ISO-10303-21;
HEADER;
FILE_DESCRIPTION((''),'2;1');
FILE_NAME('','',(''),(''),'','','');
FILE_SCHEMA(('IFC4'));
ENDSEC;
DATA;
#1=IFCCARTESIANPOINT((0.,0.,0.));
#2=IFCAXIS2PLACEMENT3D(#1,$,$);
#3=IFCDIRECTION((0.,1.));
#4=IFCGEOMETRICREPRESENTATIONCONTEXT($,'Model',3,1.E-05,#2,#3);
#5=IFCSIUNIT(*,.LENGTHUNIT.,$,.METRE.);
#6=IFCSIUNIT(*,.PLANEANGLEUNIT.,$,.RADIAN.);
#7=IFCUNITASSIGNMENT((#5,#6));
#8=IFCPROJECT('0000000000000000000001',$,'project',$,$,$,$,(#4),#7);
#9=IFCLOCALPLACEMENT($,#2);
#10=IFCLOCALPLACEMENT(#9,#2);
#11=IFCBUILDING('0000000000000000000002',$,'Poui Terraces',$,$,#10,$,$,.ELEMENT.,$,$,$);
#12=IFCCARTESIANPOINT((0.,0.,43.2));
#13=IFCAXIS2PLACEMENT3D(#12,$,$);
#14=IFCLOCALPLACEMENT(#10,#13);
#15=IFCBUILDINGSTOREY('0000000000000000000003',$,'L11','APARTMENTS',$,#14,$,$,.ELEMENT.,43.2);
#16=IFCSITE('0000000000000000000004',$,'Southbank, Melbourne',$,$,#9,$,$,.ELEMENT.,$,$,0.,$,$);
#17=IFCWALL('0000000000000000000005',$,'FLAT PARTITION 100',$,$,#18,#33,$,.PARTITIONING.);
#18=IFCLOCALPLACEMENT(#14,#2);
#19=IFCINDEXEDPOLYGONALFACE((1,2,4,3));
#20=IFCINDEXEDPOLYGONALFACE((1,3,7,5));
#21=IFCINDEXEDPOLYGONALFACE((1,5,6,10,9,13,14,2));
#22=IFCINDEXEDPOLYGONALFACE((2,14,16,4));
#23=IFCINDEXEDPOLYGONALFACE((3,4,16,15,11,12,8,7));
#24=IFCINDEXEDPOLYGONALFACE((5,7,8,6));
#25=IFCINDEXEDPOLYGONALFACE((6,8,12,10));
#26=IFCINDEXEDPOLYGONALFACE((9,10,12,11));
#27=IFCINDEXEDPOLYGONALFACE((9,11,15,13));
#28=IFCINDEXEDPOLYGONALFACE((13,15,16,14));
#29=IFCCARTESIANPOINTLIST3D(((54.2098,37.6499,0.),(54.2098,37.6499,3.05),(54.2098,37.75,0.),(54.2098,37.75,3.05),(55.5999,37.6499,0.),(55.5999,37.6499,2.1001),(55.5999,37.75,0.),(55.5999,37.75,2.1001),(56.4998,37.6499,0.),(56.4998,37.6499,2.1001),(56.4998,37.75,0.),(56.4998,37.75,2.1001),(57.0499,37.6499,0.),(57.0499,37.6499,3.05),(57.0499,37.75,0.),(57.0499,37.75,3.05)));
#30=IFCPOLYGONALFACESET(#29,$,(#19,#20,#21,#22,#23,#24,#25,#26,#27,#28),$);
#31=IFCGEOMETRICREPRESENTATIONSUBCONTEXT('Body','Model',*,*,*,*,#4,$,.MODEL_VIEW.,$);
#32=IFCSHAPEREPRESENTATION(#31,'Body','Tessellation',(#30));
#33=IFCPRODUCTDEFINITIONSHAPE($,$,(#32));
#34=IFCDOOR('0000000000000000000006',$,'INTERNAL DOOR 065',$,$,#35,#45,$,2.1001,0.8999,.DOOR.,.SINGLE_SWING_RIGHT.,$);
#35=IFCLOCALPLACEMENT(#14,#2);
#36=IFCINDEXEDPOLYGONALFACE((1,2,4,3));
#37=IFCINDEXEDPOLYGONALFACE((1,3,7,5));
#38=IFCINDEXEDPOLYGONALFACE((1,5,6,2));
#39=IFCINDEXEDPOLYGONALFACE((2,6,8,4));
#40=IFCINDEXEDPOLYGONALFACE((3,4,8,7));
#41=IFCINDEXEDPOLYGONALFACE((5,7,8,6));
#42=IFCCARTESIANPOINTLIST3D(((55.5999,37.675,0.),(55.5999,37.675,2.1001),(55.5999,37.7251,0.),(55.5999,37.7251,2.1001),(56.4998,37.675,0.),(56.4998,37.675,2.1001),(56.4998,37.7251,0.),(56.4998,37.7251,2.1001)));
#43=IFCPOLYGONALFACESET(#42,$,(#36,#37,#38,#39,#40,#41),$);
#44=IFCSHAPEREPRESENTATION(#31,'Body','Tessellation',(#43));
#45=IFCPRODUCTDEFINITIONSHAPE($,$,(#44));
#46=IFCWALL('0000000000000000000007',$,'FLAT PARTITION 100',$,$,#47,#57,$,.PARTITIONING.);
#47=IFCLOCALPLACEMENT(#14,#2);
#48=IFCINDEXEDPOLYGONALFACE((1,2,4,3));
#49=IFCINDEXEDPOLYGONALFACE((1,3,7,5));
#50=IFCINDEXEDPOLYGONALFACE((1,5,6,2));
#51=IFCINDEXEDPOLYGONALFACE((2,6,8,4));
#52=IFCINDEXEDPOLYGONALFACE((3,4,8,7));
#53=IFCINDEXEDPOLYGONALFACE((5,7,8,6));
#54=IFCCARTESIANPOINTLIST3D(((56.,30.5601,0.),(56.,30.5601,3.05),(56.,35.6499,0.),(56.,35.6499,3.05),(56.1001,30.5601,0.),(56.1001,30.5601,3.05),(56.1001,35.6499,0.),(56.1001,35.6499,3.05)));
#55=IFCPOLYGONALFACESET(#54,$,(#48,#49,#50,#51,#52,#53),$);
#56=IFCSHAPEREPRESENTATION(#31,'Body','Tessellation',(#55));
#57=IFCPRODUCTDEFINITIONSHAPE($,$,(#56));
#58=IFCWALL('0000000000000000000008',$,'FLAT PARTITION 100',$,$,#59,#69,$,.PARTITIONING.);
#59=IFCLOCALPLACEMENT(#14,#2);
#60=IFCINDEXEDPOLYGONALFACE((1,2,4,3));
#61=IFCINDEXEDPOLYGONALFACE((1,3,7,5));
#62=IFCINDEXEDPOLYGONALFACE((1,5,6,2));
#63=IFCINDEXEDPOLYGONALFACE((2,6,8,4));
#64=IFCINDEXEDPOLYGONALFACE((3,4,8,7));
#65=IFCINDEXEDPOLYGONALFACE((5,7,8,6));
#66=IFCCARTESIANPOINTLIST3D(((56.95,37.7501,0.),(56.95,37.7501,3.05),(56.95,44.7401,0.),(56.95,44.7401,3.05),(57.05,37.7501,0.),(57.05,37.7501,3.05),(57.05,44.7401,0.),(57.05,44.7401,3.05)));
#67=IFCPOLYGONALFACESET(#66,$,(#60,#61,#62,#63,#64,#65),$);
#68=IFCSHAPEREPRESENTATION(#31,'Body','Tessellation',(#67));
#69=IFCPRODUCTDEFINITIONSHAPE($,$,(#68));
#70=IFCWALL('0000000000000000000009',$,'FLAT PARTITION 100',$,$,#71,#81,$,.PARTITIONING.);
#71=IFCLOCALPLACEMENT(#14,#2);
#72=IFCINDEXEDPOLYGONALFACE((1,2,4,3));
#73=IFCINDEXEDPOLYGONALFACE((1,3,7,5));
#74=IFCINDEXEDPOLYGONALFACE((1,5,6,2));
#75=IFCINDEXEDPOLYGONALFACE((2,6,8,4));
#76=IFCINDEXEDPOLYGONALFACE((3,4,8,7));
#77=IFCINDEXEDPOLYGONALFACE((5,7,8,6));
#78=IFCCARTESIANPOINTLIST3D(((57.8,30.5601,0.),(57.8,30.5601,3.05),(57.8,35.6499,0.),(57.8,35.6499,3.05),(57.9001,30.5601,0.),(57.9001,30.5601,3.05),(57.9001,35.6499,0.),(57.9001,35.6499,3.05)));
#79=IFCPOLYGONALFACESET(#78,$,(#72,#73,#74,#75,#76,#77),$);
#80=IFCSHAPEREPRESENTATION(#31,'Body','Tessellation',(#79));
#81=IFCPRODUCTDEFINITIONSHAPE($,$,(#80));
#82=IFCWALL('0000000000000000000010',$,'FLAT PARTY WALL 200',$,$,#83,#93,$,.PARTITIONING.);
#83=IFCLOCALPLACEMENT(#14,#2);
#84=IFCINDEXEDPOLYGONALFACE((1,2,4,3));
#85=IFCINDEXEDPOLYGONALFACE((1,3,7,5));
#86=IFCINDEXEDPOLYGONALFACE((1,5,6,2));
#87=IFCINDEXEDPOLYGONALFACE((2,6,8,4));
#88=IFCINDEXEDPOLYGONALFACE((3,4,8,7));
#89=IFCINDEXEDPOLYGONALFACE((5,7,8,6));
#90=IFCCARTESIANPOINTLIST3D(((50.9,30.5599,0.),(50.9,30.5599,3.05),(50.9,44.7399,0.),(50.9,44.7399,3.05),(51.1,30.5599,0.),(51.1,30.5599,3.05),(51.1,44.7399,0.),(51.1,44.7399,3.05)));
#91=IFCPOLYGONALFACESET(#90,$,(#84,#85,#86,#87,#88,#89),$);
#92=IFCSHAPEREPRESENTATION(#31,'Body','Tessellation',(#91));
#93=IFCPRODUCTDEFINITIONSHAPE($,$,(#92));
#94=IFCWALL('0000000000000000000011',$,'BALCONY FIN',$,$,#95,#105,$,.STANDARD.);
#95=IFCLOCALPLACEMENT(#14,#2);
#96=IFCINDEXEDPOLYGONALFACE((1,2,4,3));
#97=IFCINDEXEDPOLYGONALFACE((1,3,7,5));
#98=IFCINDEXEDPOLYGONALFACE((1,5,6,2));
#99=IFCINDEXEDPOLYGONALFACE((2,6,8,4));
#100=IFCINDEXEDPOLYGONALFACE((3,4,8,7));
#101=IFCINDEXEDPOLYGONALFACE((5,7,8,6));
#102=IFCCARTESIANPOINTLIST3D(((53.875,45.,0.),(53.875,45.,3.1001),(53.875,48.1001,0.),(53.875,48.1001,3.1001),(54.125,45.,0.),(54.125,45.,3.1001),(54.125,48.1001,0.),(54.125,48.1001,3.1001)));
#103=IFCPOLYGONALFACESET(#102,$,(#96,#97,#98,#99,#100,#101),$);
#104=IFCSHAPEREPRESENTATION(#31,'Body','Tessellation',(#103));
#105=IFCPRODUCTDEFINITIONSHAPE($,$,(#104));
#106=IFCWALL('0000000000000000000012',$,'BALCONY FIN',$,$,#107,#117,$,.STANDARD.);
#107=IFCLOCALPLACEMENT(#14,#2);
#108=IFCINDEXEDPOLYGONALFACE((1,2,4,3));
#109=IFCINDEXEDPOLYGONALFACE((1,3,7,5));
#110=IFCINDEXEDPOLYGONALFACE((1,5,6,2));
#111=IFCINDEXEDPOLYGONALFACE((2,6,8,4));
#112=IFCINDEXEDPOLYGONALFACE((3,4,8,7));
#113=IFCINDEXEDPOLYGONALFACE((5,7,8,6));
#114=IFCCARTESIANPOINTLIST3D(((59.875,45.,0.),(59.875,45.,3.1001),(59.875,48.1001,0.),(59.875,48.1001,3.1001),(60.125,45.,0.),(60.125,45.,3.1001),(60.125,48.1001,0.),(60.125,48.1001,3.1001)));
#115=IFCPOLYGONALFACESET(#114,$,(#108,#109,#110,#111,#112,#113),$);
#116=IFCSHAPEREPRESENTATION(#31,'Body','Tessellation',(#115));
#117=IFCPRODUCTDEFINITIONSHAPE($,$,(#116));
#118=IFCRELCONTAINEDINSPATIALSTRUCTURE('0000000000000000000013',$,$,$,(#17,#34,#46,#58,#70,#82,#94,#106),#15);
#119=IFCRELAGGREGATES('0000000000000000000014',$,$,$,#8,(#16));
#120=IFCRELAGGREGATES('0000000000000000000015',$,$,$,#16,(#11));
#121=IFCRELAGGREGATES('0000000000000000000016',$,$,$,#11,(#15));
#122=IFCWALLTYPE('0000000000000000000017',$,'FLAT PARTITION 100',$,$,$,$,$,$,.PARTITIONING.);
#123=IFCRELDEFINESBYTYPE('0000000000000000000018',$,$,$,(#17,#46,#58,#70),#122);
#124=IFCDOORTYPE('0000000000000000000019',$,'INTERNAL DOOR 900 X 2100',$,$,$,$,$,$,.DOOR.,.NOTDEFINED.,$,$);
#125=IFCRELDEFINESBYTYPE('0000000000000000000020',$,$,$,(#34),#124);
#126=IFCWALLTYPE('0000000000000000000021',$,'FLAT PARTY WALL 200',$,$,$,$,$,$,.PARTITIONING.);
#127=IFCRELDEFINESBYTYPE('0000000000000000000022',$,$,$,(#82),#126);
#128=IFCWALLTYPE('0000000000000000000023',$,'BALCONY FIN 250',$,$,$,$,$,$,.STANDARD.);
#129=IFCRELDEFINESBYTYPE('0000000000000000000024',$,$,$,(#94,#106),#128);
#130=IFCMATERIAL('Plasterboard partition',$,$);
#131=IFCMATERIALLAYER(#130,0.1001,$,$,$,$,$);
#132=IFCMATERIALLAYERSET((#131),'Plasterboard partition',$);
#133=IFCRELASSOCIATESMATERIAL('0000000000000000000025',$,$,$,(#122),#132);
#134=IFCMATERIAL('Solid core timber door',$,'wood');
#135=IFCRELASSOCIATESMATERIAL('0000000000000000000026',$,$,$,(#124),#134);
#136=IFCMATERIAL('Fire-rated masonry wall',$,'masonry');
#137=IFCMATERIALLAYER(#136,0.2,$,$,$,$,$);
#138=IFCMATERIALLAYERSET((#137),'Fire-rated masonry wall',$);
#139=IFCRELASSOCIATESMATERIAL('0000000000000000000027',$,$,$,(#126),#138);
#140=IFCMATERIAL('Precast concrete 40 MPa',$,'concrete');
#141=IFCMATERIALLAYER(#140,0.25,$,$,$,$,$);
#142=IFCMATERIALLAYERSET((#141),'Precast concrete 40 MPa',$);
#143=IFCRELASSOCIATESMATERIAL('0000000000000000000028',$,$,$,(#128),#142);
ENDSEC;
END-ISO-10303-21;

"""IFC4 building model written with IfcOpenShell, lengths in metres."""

from ifc_helpers import new_model, si_unit, direction, frame, frame_2d, origin, place, context, subcontext, project, spatial, polyline, rectangle, outline, extrude, source, transform, mapped, material, layer, layer_set, type_object, element, fill, save


model = new_model("IFC4")

# Units and contexts
model_context = context("Model", 3, precision=1e-05, world=origin(), true_north=direction((0.0, 1.0)))
body_context = subcontext(model_context, "Body", "Model", "MODEL_VIEW")
ifc_project = project(units=[si_unit("LENGTHUNIT", "METRE"), si_unit("PLANEANGLEUNIT", "RADIAN")], contexts=[model_context])

# Site, building, storey
site_placement = place(None, origin())
site = spatial("IfcSite", under=ifc_project, at=site_placement, Name="Southbank, Melbourne", CompositionType="ELEMENT", RefElevation=0.0)
building_placement = place(site_placement, origin())
building = spatial("IfcBuilding", under=site, at=building_placement, Name="Poui Terraces", CompositionType="ELEMENT")
storey_placement = place(building_placement, frame((0.0, 0.0, 43.2)))
storey = spatial("IfcBuildingStorey", under=building, at=storey_placement, Name="L11", Description="APARTMENTS", CompositionType="ELEMENT", Elevation=43.2)

# Wall, opening, door
ifc_material_1 = material(Name="Plasterboard partition")
ifc_layer_1 = layer(ifc_material_1, 0.1001)
ifc_layer_set_1 = layer_set([ifc_layer_1], Name="Plasterboard partition")
wall_type_1 = type_object("IfcWallType", Name="FLAT PARTITION 100", PredefinedType="PARTITIONING", material=ifc_layer_set_1)
ifc_material_2 = material(Name="Solid core timber door", Category="wood")
door_type_1 = type_object("IfcDoorType", Name="INTERNAL DOOR 900 X 2100", OperationType="NOTDEFINED", PredefinedType="DOOR", material=ifc_material_2)
wall_1_placement = place(storey_placement, frame((54.21, 37.7, 0.0), z_axis=(0.0, 0.0, 1.0), x_axis=(1.0, 0.0, 0.0)))
wall_1 = element("IfcWall", 1, at=wall_1_placement, inside=storey, type_object=wall_type_1, Name="FLAT PARTITION 100", PredefinedType="PARTITIONING", context=body_context, shape_type="SweptSolid", body=[
    extrude(rectangle(XDim=2.8401, YDim=0.1001, at=frame_2d((1.4199, 0.0))), origin(), (0.0, 0.0, 1.0), 3.05),
])
opening_1_placement = place(wall_1_placement, frame((1.3899, 0.0, 0.0)))
opening_1 = element("IfcOpeningElement", 2, at=opening_1_placement, cuts=wall_1, PredefinedType="OPENING", context=body_context, shape_type="SweptSolid", body=[
    extrude(rectangle(XDim=0.8999, YDim=2.1001, at=frame_2d((0.45, 1.05))), frame((0.0, 0.0601, 0.0), z_axis=(0.0, -1.0, 0.0), x_axis=(1.0, 0.0, 0.0)), (0.0, 0.0, 1.0), 0.1201),
])
door_1_placement = place(opening_1_placement, frame((0.8999, 0.0, 0.0), z_axis=(0.0, 0.0, 1.0), x_axis=(-1.0, 0.0, 0.0)))
door_1 = element("IfcDoor", 3, at=door_1_placement, inside=storey, type_object=door_type_1, Name="INTERNAL DOOR 065", OperationType="SINGLE_SWING_RIGHT", OverallHeight=2.1001, OverallWidth=0.8999, PredefinedType="DOOR", context=body_context, shape_type="SweptSolid", body=[
    extrude(rectangle(XDim=0.8999, YDim=2.1001, at=frame_2d((0.45, 1.05))), frame((0.0, 0.0249, 0.0), z_axis=(0.0, -1.0, 0.0), x_axis=(1.0, 0.0, 0.0)), (0.0, 0.0, 1.0), 0.05),
])
fill(opening_1, door_1)

# Walls
wall_2_placement = place(storey_placement, frame((56.05, 30.5601, 0.0), z_axis=(0.0, 0.0, 1.0), x_axis=(0.0, 1.0, 0.0)))
element("IfcWall", 4, at=wall_2_placement, inside=storey, type_object=wall_type_1, Name="FLAT PARTITION 100", PredefinedType="PARTITIONING", context=body_context, shape_type="SweptSolid", body=[
    extrude(rectangle(XDim=5.0898, YDim=0.1001, at=frame_2d((2.5449, 0.0))), origin(), (0.0, 0.0, 1.0), 3.05),
])
wall_3_placement = place(storey_placement, frame((57.0, 37.75, 0.0), z_axis=(0.0, 0.0, 1.0), x_axis=(0.0, 1.0, 0.0)))
element("IfcWall", 5, at=wall_3_placement, inside=storey, type_object=wall_type_1, Name="FLAT PARTITION 100", PredefinedType="PARTITIONING", context=body_context, shape_type="SweptSolid", body=[
    extrude(rectangle(XDim=6.99, YDim=0.1001, at=frame_2d((3.4951, 0.0))), origin(), (0.0, 0.0, 1.0), 3.05),
])
wall_4_placement = place(storey_placement, frame((57.8501, 30.5601, 0.0), z_axis=(0.0, 0.0, 1.0), x_axis=(0.0, 1.0, 0.0)))
element("IfcWall", 6, at=wall_4_placement, inside=storey, type_object=wall_type_1, Name="FLAT PARTITION 100", PredefinedType="PARTITIONING", context=body_context, shape_type="SweptSolid", body=[
    extrude(rectangle(XDim=5.0898, YDim=0.1001, at=frame_2d((2.5449, 0.0))), origin(), (0.0, 0.0, 1.0), 3.05),
])
ifc_material_3 = material(Name="Fire-rated masonry wall", Category="masonry")
ifc_layer_2 = layer(ifc_material_3, 0.2)
ifc_layer_set_2 = layer_set([ifc_layer_2], Name="Fire-rated masonry wall")
wall_type_2 = type_object("IfcWallType", Name="FLAT PARTY WALL 200", PredefinedType="PARTITIONING", material=ifc_layer_set_2)
wall_5_placement = place(storey_placement, frame((51.0, 30.5601, 0.0), z_axis=(0.0, 0.0, 1.0), x_axis=(0.0, 1.0, 0.0)))
element("IfcWall", 7, at=wall_5_placement, inside=storey, type_object=wall_type_2, Name="FLAT PARTY WALL 200", PredefinedType="PARTITIONING", context=body_context, shape_type="SweptSolid", body=[
    extrude(rectangle(XDim=14.1799, YDim=0.2, at=frame_2d((7.0898, 0.0))), origin(), (0.0, 0.0, 1.0), 3.05),
])
ifc_material_4 = material(Name="Precast concrete 40 MPa", Category="concrete")
ifc_layer_3 = layer(ifc_material_4, 0.25)
ifc_layer_set_3 = layer_set([ifc_layer_3], Name="Precast concrete 40 MPa")
wall_type_3 = type_object("IfcWallType", Name="BALCONY FIN 250", PredefinedType="STANDARD", material=ifc_layer_set_3)
shared_shape_1 = source(origin(), body_context, "Body", "SweptSolid", [
    extrude(outline(polyline([(0.0, 0.0), (0.25, 0.0), (0.25, 3.1001), (0.0, 3.1001), (0.0, 0.0)])), origin(), (0.0, 0.0, 1.0), 3.1001),
])
for number, where, name in (
    (8, (53.875, 45.0, 0.0), "BALCONY FIN"),
    (9, (59.875, 45.0, 0.0), "BALCONY FIN"),
):
    element("IfcWall", number, at=place(storey_placement, frame(where)), inside=storey, type_object=wall_type_3, Name=name, PredefinedType="STANDARD", context=body_context, shape_type="MappedRepresentation", body=[
        mapped(shared_shape_1, transform((0.0, 0.0, 0.0))),
    ])

save(model, "model.ifc")
